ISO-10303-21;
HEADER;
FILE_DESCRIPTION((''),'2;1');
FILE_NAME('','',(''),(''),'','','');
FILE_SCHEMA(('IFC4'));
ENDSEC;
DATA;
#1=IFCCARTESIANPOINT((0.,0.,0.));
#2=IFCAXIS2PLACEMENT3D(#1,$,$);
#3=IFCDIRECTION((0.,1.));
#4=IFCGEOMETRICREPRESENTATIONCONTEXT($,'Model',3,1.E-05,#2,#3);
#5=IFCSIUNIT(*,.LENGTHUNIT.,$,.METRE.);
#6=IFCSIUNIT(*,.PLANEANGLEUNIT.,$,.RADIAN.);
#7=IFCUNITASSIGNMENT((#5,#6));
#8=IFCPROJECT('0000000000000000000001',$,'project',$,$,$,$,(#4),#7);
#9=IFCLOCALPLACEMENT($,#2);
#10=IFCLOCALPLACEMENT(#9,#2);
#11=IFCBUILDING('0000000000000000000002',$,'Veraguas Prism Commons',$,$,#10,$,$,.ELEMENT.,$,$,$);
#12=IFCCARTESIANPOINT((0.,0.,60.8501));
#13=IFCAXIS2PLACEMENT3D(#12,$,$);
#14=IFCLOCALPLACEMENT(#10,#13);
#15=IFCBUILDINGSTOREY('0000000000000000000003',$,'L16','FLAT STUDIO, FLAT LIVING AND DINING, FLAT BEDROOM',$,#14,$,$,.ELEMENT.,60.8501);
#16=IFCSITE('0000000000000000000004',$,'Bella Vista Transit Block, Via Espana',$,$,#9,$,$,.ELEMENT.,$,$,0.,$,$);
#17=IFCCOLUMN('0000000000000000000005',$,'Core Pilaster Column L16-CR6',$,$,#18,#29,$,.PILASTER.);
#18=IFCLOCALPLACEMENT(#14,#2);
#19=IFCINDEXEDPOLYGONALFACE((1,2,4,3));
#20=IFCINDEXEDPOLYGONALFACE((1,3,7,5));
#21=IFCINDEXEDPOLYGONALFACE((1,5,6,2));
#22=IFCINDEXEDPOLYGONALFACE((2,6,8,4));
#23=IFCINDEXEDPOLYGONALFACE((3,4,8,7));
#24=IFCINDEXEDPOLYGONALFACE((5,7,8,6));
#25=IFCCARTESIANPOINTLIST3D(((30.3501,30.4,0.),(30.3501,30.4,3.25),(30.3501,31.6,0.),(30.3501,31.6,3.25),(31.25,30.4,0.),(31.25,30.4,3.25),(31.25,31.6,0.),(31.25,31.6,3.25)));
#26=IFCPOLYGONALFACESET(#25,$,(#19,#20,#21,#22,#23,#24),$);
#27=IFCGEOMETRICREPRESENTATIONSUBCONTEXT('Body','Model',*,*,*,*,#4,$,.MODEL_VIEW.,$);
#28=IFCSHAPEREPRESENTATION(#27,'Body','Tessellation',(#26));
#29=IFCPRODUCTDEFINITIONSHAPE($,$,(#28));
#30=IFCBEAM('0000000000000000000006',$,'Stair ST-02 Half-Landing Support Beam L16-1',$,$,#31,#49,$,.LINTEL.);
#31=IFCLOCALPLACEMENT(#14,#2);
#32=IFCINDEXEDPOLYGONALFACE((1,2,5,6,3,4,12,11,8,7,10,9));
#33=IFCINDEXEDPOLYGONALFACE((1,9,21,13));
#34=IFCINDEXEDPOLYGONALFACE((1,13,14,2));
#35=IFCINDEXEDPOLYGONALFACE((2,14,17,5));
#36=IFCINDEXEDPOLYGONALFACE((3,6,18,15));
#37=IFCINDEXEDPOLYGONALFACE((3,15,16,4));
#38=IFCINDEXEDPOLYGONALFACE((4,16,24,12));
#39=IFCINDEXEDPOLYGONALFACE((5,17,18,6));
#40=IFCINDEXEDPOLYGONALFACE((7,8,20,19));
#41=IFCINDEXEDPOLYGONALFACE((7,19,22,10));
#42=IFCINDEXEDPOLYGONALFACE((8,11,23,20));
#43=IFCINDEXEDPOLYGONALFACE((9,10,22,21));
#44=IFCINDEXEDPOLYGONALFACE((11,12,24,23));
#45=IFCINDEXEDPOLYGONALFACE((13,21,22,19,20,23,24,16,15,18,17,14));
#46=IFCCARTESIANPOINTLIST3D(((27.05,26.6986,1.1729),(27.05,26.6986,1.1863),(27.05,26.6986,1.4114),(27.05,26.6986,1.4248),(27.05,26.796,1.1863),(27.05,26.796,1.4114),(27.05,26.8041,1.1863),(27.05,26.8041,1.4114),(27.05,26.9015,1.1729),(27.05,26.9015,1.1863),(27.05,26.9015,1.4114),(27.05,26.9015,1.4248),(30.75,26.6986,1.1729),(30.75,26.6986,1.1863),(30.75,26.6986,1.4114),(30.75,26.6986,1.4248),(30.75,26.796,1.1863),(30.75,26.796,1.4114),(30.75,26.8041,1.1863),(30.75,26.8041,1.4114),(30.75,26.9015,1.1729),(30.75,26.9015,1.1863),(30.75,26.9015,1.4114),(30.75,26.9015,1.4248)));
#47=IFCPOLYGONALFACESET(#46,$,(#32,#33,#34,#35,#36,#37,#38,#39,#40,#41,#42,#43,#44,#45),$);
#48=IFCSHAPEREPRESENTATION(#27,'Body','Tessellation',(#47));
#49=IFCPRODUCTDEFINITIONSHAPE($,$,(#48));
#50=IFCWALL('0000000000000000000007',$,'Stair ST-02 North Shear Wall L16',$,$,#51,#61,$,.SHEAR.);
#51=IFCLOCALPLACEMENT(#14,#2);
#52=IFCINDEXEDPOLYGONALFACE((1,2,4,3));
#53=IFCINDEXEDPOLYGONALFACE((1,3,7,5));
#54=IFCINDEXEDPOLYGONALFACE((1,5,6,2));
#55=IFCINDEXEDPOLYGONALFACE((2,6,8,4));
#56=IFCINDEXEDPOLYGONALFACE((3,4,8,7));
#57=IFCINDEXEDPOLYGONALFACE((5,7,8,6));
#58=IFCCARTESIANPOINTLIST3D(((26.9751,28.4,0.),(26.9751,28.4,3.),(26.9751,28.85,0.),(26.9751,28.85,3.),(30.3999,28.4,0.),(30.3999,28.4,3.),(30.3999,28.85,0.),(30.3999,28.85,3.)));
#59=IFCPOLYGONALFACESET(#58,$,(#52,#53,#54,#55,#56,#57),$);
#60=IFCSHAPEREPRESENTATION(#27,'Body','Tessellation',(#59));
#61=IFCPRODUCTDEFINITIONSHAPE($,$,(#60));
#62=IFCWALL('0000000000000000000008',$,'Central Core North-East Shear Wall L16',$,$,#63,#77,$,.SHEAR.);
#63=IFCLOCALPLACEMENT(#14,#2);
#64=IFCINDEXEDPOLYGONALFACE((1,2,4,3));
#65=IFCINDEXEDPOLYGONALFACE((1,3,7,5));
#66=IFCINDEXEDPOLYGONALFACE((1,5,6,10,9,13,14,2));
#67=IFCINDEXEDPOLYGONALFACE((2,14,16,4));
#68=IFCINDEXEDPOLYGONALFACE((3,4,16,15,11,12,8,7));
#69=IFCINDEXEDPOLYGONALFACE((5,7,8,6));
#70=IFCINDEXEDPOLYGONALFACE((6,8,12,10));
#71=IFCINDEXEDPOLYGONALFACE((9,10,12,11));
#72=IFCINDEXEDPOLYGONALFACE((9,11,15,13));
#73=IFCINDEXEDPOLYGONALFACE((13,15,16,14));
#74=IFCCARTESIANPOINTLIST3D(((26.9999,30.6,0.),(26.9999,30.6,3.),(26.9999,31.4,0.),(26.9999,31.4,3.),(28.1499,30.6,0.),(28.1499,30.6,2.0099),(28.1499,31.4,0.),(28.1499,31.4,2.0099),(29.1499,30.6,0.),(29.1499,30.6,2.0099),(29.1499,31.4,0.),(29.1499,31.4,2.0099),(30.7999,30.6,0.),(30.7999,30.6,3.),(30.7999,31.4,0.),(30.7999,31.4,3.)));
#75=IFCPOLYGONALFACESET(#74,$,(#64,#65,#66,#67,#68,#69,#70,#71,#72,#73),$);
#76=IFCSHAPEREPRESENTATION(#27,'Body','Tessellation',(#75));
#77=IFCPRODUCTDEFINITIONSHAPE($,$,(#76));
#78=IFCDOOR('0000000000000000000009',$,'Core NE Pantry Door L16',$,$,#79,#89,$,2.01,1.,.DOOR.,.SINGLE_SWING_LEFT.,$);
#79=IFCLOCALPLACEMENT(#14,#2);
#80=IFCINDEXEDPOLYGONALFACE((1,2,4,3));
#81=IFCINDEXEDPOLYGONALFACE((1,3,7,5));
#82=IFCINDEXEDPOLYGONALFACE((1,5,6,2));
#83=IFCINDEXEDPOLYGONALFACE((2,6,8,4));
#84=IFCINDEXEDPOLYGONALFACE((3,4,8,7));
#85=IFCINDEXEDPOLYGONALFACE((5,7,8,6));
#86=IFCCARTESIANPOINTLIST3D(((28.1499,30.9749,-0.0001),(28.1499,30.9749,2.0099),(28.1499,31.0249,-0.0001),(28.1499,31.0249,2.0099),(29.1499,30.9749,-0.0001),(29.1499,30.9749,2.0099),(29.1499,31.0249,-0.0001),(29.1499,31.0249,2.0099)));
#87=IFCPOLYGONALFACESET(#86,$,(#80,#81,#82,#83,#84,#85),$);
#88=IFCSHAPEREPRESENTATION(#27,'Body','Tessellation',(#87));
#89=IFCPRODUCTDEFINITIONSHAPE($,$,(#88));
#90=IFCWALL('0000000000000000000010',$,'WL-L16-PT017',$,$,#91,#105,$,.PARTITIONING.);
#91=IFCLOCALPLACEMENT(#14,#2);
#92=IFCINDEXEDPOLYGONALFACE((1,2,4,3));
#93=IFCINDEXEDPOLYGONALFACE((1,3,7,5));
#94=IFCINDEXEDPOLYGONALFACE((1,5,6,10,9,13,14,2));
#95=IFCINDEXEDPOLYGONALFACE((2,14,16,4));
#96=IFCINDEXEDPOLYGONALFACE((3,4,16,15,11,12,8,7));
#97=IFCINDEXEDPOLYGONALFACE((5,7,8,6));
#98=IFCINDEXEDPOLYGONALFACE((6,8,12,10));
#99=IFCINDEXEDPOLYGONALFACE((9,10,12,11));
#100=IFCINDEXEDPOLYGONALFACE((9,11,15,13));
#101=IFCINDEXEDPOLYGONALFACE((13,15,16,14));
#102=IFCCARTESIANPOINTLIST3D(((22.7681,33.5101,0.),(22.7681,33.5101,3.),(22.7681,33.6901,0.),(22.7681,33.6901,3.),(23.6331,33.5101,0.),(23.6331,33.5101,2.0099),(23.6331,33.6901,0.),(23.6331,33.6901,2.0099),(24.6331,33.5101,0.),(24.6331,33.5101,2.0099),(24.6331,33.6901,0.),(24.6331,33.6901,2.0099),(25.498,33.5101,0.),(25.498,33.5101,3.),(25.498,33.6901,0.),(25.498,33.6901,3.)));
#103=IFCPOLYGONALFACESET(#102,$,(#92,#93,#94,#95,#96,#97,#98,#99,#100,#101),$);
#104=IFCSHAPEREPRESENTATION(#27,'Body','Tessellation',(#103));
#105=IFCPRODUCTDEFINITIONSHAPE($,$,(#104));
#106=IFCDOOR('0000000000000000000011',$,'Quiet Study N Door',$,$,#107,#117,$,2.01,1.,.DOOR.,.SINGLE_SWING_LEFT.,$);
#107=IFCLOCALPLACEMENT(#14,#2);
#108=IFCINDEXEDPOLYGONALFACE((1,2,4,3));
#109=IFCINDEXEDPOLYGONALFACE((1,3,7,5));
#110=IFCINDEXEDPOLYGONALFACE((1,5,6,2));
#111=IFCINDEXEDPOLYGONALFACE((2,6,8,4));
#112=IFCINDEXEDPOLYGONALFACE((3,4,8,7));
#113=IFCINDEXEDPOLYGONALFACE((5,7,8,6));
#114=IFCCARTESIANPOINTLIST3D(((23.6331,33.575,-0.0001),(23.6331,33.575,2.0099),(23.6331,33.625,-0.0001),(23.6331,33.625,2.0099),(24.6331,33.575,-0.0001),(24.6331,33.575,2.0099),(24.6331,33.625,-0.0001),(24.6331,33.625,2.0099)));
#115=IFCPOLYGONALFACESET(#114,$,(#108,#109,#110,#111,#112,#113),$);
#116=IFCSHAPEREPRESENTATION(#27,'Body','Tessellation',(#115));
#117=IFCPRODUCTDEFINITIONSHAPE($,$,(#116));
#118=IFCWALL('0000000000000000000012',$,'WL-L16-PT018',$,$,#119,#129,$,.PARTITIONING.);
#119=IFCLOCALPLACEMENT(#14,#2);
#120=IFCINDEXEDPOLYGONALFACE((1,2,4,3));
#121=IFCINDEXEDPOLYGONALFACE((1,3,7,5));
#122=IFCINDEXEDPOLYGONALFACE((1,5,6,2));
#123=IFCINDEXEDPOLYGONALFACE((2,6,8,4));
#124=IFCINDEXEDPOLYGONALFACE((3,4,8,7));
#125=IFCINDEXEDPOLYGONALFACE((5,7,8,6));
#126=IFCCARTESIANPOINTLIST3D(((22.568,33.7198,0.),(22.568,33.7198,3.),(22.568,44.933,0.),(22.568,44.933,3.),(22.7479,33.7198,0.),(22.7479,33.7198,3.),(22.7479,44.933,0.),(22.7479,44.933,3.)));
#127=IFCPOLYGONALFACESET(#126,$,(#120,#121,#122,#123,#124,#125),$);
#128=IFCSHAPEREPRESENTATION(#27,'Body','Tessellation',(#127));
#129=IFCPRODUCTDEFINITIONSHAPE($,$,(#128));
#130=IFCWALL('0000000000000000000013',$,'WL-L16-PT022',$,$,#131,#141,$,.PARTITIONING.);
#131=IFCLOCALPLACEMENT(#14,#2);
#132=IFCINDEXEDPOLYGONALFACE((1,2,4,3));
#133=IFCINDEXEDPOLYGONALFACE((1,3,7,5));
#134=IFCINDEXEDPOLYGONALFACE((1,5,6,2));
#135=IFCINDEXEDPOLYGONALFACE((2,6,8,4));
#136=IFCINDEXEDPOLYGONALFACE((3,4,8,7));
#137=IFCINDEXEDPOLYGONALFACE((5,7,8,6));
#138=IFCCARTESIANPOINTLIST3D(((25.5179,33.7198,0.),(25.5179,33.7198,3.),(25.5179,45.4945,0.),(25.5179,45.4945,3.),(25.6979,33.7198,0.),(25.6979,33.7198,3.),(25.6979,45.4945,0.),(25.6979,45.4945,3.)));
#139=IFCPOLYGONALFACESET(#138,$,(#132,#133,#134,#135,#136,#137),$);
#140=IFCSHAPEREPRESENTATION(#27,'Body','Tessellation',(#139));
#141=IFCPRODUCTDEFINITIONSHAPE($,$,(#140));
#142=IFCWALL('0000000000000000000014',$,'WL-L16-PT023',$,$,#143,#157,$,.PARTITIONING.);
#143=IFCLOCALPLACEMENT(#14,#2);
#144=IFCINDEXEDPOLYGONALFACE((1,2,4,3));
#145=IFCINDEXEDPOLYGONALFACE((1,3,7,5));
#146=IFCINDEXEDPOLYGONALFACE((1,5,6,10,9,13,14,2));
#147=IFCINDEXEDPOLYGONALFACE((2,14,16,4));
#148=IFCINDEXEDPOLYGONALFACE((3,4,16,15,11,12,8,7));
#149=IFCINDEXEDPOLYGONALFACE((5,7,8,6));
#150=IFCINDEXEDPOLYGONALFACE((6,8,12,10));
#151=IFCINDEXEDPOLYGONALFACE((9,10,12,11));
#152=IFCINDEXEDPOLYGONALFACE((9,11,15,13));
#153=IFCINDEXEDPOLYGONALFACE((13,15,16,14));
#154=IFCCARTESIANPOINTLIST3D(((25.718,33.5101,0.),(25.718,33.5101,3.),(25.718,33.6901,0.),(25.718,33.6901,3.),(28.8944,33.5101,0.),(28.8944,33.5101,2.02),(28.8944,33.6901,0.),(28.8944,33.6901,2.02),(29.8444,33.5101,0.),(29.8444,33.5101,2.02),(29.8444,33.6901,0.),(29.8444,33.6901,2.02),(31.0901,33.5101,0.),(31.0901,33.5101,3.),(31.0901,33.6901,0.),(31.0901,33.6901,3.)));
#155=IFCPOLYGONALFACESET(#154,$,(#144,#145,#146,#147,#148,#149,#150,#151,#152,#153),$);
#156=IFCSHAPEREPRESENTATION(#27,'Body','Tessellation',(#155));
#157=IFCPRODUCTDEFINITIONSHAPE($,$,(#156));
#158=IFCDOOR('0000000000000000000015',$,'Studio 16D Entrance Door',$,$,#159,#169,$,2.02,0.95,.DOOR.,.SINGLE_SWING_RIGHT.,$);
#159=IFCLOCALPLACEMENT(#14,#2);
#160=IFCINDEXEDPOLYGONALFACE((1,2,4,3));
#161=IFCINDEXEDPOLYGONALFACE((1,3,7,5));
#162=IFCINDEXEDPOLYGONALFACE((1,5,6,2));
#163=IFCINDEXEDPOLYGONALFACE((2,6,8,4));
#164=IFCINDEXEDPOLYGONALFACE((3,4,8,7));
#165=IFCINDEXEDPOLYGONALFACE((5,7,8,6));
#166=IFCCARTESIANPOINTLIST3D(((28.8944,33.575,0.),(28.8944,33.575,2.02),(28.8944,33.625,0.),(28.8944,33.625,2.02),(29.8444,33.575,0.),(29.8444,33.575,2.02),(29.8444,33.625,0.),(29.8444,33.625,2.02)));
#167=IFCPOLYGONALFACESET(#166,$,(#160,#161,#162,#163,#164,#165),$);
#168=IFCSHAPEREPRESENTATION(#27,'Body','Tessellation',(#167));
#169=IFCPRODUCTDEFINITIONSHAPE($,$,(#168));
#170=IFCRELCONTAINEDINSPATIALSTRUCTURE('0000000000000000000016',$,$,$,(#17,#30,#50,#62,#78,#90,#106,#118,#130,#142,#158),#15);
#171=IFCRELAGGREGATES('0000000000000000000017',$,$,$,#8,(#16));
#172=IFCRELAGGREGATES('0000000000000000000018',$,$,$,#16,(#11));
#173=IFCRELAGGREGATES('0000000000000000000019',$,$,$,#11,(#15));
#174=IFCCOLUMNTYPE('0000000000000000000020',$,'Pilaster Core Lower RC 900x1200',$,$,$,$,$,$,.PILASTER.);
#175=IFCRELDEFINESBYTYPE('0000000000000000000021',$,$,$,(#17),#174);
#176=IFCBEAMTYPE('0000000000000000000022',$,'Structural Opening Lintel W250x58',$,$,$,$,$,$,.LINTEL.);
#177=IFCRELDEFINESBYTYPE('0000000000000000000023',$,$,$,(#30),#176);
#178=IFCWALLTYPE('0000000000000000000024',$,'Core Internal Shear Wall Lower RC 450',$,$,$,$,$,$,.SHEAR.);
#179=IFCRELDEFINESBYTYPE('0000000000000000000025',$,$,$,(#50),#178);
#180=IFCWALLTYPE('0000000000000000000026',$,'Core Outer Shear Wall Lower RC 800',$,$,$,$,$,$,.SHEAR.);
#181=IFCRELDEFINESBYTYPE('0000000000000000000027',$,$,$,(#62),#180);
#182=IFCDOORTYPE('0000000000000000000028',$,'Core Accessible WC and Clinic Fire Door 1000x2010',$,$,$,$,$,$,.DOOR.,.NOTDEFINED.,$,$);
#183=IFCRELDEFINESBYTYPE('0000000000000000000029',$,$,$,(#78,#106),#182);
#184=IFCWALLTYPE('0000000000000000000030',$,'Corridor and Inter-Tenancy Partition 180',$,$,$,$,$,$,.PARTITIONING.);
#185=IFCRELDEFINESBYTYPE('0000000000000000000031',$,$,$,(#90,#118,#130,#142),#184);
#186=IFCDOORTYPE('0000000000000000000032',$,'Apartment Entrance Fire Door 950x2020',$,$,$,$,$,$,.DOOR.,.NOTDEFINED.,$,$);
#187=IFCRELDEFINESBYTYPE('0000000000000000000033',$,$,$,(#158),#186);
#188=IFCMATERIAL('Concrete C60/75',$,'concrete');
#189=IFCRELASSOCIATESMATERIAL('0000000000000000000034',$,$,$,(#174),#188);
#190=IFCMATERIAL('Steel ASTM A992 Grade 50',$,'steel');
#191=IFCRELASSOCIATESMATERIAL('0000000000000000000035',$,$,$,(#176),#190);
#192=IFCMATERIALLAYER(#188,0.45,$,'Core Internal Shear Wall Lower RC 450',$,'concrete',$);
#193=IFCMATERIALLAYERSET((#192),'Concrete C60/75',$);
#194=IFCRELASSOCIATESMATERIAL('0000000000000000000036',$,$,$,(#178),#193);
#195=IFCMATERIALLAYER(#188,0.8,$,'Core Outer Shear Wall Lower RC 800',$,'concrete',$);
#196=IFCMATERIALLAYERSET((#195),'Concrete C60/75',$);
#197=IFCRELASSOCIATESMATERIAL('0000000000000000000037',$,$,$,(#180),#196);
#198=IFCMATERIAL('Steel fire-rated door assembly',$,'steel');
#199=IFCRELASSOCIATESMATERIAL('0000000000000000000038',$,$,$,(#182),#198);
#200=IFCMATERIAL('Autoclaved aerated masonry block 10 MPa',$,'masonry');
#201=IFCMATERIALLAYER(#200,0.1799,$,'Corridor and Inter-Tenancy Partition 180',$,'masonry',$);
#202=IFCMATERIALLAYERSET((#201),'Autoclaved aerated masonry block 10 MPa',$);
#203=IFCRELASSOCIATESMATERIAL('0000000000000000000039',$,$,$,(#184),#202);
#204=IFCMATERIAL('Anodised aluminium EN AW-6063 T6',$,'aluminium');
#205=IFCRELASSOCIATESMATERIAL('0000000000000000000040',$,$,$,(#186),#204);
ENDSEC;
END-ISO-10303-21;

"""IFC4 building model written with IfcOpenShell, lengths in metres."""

from ifc_helpers import new_model, si_unit, direction, frame, frame_2d, origin, origin_2d, place, context, subcontext, project, spatial, rectangle, i_section, extrude, source, transform, mapped, material, layer, layer_set, material_profile, profile_set, type_object, element, fill, save


model = new_model("IFC4")

# Units and contexts
model_context = context("Model", 3, precision=1e-05, world=origin(), true_north=direction((0.0, 1.0)))
body_context = subcontext(model_context, "Body", "Model", "MODEL_VIEW")
ifc_project = project(units=[si_unit("LENGTHUNIT", "METRE"), si_unit("PLANEANGLEUNIT", "RADIAN")], contexts=[model_context])

# Site, building, storey
site_placement = place(None, origin())
site = spatial("IfcSite", under=ifc_project, at=site_placement, Name="Bella Vista Transit Block, Via Espana", CompositionType="ELEMENT", RefElevation=0.0)
building_placement = place(site_placement, origin())
building = spatial("IfcBuilding", under=site, at=building_placement, Name="Veraguas Prism Commons", CompositionType="ELEMENT")
storey_placement = place(building_placement, frame((0.0, 0.0, 60.8501)))
storey = spatial("IfcBuildingStorey", under=building, at=storey_placement, Name="L16", Description="FLAT STUDIO, FLAT LIVING AND DINING, FLAT BEDROOM", CompositionType="ELEMENT", Elevation=60.8501)

# Column
ifc_material_1 = material(Name="Concrete C60/75", Category="concrete")
ifc_material_profile_1 = material_profile(ifc_material_1, rectangle(XDim=0.8999, YDim=1.2, at=origin_2d()), Name="RC900X1200")
ifc_profile_set_1 = profile_set([ifc_material_profile_1], Name="Concrete C60/75")
column_type = type_object("IfcColumnType", Name="Pilaster Core Lower RC 900x1200", PredefinedType="PILASTER", material=ifc_profile_set_1)
column_placement = place(storey_placement, frame((30.8, 31.0, 0.0), z_axis=(0.0, 0.0, 1.0), x_axis=(1.0, 0.0, 0.0)))
element("IfcColumn", 1, at=column_placement, inside=storey, type_object=column_type, Name="Core Pilaster Column L16-CR6", PredefinedType="PILASTER", context=body_context, shape_type="SweptSolid", body=[
    extrude(rectangle(XDim=0.8999, YDim=1.2, at=origin_2d()), origin(), (0.0, 0.0, 1.0), 3.25),
])

# Beam
ifc_material_2 = material(Name="Steel ASTM A992 Grade 50", Category="steel")
ifc_material_profile_2 = material_profile(ifc_material_2, i_section(OverallWidth=0.2029, OverallDepth=0.252, WebThickness=0.0081, FlangeThickness=0.0134, at=origin_2d()), Name="W250X58")
ifc_profile_set_2 = profile_set([ifc_material_profile_2], Name="Steel ASTM A992 Grade 50")
beam_type = type_object("IfcBeamType", Name="Structural Opening Lintel W250x58", PredefinedType="LINTEL", material=ifc_profile_set_2)
beam_placement = place(storey_placement, frame((27.05, 26.8, 1.2988), z_axis=(1.0, 0.0, 0.0), x_axis=(0.0, 1.0, 0.0)))
element("IfcBeam", 2, at=beam_placement, inside=storey, type_object=beam_type, Name="Stair ST-02 Half-Landing Support Beam L16-1", PredefinedType="LINTEL", context=body_context, shape_type="SweptSolid", body=[
    extrude(i_section(OverallWidth=0.2029, OverallDepth=0.252, WebThickness=0.0081, FlangeThickness=0.0134, at=origin_2d()), origin(), (0.0, 0.0, 1.0), 3.7),
])

# Wall
ifc_layer_1 = layer(ifc_material_1, 0.45, Name="Core Internal Shear Wall Lower RC 450", Category="concrete")
ifc_layer_set_1 = layer_set([ifc_layer_1], Name="Concrete C60/75")
wall_type_1 = type_object("IfcWallType", Name="Core Internal Shear Wall Lower RC 450", PredefinedType="SHEAR", material=ifc_layer_set_1)
wall_1_placement = place(storey_placement, frame((26.9751, 28.625, 0.0), z_axis=(0.0, 0.0, 1.0), x_axis=(1.0, 0.0, 0.0)))
element("IfcWall", 3, at=wall_1_placement, inside=storey, type_object=wall_type_1, Name="Stair ST-02 North Shear Wall L16", PredefinedType="SHEAR", context=body_context, shape_type="SweptSolid", body=[
    extrude(rectangle(XDim=3.4248, YDim=0.45, at=frame_2d((1.7124, 0.0))), origin(), (0.0, 0.0, 1.0), 3.0),
])

# Walls, openings, doors
ifc_layer_2 = layer(ifc_material_1, 0.8, Name="Core Outer Shear Wall Lower RC 800", Category="concrete")
ifc_layer_set_2 = layer_set([ifc_layer_2], Name="Concrete C60/75")
wall_type_2 = type_object("IfcWallType", Name="Core Outer Shear Wall Lower RC 800", PredefinedType="SHEAR", material=ifc_layer_set_2)
wall_2_placement = place(storey_placement, frame((27.0, 31.0, 0.0), z_axis=(0.0, 0.0, 1.0), x_axis=(1.0, 0.0, 0.0)))
wall_2 = element("IfcWall", 4, at=wall_2_placement, inside=storey, type_object=wall_type_2, Name="Central Core North-East Shear Wall L16", PredefinedType="SHEAR", context=body_context, shape_type="SweptSolid", body=[
    extrude(rectangle(XDim=3.8, YDim=0.8, at=frame_2d((1.8999, 0.0))), origin(), (0.0, 0.0, 1.0), 3.0),
])
opening_1_placement = place(wall_2_placement, frame((1.1499, 0.0, 0.0)))
opening_1 = element("IfcOpeningElement", 5, at=opening_1_placement, cuts=wall_2, PredefinedType="OPENING", context=body_context, shape_type="SweptSolid", body=[
    extrude(rectangle(XDim=1.0, YDim=2.01, at=frame_2d((0.5, 1.0049))), frame((0.0, 0.4099, 0.0), z_axis=(0.0, -1.0, 0.0), x_axis=(1.0, 0.0, 0.0)), (0.0, 0.0, 1.0), 0.8201),
])
ifc_material_3 = material(Name="Steel fire-rated door assembly", Category="steel")
door_type_1 = type_object("IfcDoorType", Name="Core Accessible WC and Clinic Fire Door 1000x2010", OperationType="NOTDEFINED", PredefinedType="DOOR", material=ifc_material_3)
shared_shape_1 = source(origin(), body_context, "Body", "SweptSolid", [
    extrude(rectangle(XDim=1.0, YDim=2.01, at=frame_2d((0.5, 1.0049))), frame((0.0, 0.0249, 0.0), z_axis=(0.0, -1.0, 0.0), x_axis=(1.0, 0.0, 0.0)), (0.0, 0.0, 1.0), 0.05),
])
door_1_placement = place(opening_1_placement, origin())
door_1 = element("IfcDoor", 6, at=door_1_placement, inside=storey, type_object=door_type_1, Name="Core NE Pantry Door L16", OperationType="SINGLE_SWING_LEFT", OverallHeight=2.01, OverallWidth=1.0, PredefinedType="DOOR", context=body_context, shape_type="MappedRepresentation", body=[
    mapped(shared_shape_1, transform((0.0, 0.0, 0.0), scale=1.0)),
])
fill(opening_1, door_1)
ifc_material_4 = material(Name="Autoclaved aerated masonry block 10 MPa", Category="masonry")
ifc_layer_3 = layer(ifc_material_4, 0.1799, Name="Corridor and Inter-Tenancy Partition 180", Category="masonry")
ifc_layer_set_3 = layer_set([ifc_layer_3], Name="Autoclaved aerated masonry block 10 MPa")
wall_type_3 = type_object("IfcWallType", Name="Corridor and Inter-Tenancy Partition 180", PredefinedType="PARTITIONING", material=ifc_layer_set_3)
wall_3_placement = place(storey_placement, frame((22.7681, 33.6001, 0.0), z_axis=(0.0, 0.0, 1.0), x_axis=(1.0, 0.0, 0.0)))
wall_3 = element("IfcWall", 7, at=wall_3_placement, inside=storey, type_object=wall_type_3, Name="WL-L16-PT017", PredefinedType="PARTITIONING", context=body_context, shape_type="SweptSolid", body=[
    extrude(rectangle(XDim=2.73, YDim=0.1799, at=frame_2d((1.365, 0.0))), origin(), (0.0, 0.0, 1.0), 3.0),
])
opening_2_placement = place(wall_3_placement, frame((0.865, 0.0, 0.0)))
opening_2 = element("IfcOpeningElement", 8, at=opening_2_placement, cuts=wall_3, PredefinedType="OPENING", context=body_context, shape_type="SweptSolid", body=[
    extrude(rectangle(XDim=1.0, YDim=2.01, at=frame_2d((0.5, 1.0049))), frame((0.0, 0.0999, 0.0), z_axis=(0.0, -1.0, 0.0), x_axis=(1.0, 0.0, 0.0)), (0.0, 0.0, 1.0), 0.2),
])
door_2_placement = place(opening_2_placement, origin())
door_2 = element("IfcDoor", 9, at=door_2_placement, inside=storey, type_object=door_type_1, Name="Quiet Study N Door", OperationType="SINGLE_SWING_LEFT", OverallHeight=2.01, OverallWidth=1.0, PredefinedType="DOOR", context=body_context, shape_type="MappedRepresentation", body=[
    mapped(shared_shape_1, transform((0.0, 0.0, 0.0), scale=1.0)),
])
fill(opening_2, door_2)

# Walls
wall_4_placement = place(storey_placement, frame((22.658, 33.72, 0.0), z_axis=(0.0, 0.0, 1.0), x_axis=(0.0, 1.0, 0.0)))
element("IfcWall", 10, at=wall_4_placement, inside=storey, type_object=wall_type_3, Name="WL-L16-PT018", PredefinedType="PARTITIONING", context=body_context, shape_type="SweptSolid", body=[
    extrude(rectangle(XDim=11.2131, YDim=0.1799, at=frame_2d((5.6064, 0.0))), origin(), (0.0, 0.0, 1.0), 3.0),
])
wall_5_placement = place(storey_placement, frame((25.6079, 33.72, 0.0), z_axis=(0.0, 0.0, 1.0), x_axis=(0.0, 1.0, 0.0)))
element("IfcWall", 11, at=wall_5_placement, inside=storey, type_object=wall_type_3, Name="WL-L16-PT022", PredefinedType="PARTITIONING", context=body_context, shape_type="SweptSolid", body=[
    extrude(rectangle(XDim=11.7747, YDim=0.1799, at=frame_2d((5.8872, 0.0))), origin(), (0.0, 0.0, 1.0), 3.0),
])

# Wall, opening, door
wall_6_placement = place(storey_placement, frame((25.718, 33.6001, 0.0), z_axis=(0.0, 0.0, 1.0), x_axis=(1.0, 0.0, 0.0)))
wall_6 = element("IfcWall", 12, at=wall_6_placement, inside=storey, type_object=wall_type_3, Name="WL-L16-PT023", PredefinedType="PARTITIONING", context=body_context, shape_type="SweptSolid", body=[
    extrude(rectangle(XDim=5.3721, YDim=0.1799, at=frame_2d((2.686, 0.0))), origin(), (0.0, 0.0, 1.0), 3.0),
])
opening_3_placement = place(wall_6_placement, frame((3.1763, 0.0, 0.0)))
opening_3 = element("IfcOpeningElement", 13, at=opening_3_placement, cuts=wall_6, PredefinedType="OPENING", context=body_context, shape_type="SweptSolid", body=[
    extrude(rectangle(XDim=0.95, YDim=2.02, at=frame_2d((0.4751, 1.01))), frame((0.0, 0.0999, 0.0), z_axis=(0.0, -1.0, 0.0), x_axis=(1.0, 0.0, 0.0)), (0.0, 0.0, 1.0), 0.2),
])
ifc_material_5 = material(Name="Anodised aluminium EN AW-6063 T6", Category="aluminium")
door_type_2 = type_object("IfcDoorType", Name="Apartment Entrance Fire Door 950x2020", OperationType="NOTDEFINED", PredefinedType="DOOR", material=ifc_material_5)
shared_shape_2 = source(origin(), body_context, "Body", "SweptSolid", [
    extrude(rectangle(XDim=0.95, YDim=2.02, at=frame_2d((0.4751, 1.01))), frame((0.0, 0.0249, 0.0), z_axis=(0.0, -1.0, 0.0), x_axis=(1.0, 0.0, 0.0)), (0.0, 0.0, 1.0), 0.05),
])
door_3_placement = place(opening_3_placement, origin())
door_3 = element("IfcDoor", 14, at=door_3_placement, inside=storey, type_object=door_type_2, Name="Studio 16D Entrance Door", OperationType="SINGLE_SWING_RIGHT", OverallHeight=2.02, OverallWidth=0.95, PredefinedType="DOOR", context=body_context, shape_type="MappedRepresentation", body=[
    mapped(shared_shape_2, transform((0.0, 0.0, 0.0), scale=1.0)),
])
fill(opening_3, door_3)

save(model, "model.ifc")
